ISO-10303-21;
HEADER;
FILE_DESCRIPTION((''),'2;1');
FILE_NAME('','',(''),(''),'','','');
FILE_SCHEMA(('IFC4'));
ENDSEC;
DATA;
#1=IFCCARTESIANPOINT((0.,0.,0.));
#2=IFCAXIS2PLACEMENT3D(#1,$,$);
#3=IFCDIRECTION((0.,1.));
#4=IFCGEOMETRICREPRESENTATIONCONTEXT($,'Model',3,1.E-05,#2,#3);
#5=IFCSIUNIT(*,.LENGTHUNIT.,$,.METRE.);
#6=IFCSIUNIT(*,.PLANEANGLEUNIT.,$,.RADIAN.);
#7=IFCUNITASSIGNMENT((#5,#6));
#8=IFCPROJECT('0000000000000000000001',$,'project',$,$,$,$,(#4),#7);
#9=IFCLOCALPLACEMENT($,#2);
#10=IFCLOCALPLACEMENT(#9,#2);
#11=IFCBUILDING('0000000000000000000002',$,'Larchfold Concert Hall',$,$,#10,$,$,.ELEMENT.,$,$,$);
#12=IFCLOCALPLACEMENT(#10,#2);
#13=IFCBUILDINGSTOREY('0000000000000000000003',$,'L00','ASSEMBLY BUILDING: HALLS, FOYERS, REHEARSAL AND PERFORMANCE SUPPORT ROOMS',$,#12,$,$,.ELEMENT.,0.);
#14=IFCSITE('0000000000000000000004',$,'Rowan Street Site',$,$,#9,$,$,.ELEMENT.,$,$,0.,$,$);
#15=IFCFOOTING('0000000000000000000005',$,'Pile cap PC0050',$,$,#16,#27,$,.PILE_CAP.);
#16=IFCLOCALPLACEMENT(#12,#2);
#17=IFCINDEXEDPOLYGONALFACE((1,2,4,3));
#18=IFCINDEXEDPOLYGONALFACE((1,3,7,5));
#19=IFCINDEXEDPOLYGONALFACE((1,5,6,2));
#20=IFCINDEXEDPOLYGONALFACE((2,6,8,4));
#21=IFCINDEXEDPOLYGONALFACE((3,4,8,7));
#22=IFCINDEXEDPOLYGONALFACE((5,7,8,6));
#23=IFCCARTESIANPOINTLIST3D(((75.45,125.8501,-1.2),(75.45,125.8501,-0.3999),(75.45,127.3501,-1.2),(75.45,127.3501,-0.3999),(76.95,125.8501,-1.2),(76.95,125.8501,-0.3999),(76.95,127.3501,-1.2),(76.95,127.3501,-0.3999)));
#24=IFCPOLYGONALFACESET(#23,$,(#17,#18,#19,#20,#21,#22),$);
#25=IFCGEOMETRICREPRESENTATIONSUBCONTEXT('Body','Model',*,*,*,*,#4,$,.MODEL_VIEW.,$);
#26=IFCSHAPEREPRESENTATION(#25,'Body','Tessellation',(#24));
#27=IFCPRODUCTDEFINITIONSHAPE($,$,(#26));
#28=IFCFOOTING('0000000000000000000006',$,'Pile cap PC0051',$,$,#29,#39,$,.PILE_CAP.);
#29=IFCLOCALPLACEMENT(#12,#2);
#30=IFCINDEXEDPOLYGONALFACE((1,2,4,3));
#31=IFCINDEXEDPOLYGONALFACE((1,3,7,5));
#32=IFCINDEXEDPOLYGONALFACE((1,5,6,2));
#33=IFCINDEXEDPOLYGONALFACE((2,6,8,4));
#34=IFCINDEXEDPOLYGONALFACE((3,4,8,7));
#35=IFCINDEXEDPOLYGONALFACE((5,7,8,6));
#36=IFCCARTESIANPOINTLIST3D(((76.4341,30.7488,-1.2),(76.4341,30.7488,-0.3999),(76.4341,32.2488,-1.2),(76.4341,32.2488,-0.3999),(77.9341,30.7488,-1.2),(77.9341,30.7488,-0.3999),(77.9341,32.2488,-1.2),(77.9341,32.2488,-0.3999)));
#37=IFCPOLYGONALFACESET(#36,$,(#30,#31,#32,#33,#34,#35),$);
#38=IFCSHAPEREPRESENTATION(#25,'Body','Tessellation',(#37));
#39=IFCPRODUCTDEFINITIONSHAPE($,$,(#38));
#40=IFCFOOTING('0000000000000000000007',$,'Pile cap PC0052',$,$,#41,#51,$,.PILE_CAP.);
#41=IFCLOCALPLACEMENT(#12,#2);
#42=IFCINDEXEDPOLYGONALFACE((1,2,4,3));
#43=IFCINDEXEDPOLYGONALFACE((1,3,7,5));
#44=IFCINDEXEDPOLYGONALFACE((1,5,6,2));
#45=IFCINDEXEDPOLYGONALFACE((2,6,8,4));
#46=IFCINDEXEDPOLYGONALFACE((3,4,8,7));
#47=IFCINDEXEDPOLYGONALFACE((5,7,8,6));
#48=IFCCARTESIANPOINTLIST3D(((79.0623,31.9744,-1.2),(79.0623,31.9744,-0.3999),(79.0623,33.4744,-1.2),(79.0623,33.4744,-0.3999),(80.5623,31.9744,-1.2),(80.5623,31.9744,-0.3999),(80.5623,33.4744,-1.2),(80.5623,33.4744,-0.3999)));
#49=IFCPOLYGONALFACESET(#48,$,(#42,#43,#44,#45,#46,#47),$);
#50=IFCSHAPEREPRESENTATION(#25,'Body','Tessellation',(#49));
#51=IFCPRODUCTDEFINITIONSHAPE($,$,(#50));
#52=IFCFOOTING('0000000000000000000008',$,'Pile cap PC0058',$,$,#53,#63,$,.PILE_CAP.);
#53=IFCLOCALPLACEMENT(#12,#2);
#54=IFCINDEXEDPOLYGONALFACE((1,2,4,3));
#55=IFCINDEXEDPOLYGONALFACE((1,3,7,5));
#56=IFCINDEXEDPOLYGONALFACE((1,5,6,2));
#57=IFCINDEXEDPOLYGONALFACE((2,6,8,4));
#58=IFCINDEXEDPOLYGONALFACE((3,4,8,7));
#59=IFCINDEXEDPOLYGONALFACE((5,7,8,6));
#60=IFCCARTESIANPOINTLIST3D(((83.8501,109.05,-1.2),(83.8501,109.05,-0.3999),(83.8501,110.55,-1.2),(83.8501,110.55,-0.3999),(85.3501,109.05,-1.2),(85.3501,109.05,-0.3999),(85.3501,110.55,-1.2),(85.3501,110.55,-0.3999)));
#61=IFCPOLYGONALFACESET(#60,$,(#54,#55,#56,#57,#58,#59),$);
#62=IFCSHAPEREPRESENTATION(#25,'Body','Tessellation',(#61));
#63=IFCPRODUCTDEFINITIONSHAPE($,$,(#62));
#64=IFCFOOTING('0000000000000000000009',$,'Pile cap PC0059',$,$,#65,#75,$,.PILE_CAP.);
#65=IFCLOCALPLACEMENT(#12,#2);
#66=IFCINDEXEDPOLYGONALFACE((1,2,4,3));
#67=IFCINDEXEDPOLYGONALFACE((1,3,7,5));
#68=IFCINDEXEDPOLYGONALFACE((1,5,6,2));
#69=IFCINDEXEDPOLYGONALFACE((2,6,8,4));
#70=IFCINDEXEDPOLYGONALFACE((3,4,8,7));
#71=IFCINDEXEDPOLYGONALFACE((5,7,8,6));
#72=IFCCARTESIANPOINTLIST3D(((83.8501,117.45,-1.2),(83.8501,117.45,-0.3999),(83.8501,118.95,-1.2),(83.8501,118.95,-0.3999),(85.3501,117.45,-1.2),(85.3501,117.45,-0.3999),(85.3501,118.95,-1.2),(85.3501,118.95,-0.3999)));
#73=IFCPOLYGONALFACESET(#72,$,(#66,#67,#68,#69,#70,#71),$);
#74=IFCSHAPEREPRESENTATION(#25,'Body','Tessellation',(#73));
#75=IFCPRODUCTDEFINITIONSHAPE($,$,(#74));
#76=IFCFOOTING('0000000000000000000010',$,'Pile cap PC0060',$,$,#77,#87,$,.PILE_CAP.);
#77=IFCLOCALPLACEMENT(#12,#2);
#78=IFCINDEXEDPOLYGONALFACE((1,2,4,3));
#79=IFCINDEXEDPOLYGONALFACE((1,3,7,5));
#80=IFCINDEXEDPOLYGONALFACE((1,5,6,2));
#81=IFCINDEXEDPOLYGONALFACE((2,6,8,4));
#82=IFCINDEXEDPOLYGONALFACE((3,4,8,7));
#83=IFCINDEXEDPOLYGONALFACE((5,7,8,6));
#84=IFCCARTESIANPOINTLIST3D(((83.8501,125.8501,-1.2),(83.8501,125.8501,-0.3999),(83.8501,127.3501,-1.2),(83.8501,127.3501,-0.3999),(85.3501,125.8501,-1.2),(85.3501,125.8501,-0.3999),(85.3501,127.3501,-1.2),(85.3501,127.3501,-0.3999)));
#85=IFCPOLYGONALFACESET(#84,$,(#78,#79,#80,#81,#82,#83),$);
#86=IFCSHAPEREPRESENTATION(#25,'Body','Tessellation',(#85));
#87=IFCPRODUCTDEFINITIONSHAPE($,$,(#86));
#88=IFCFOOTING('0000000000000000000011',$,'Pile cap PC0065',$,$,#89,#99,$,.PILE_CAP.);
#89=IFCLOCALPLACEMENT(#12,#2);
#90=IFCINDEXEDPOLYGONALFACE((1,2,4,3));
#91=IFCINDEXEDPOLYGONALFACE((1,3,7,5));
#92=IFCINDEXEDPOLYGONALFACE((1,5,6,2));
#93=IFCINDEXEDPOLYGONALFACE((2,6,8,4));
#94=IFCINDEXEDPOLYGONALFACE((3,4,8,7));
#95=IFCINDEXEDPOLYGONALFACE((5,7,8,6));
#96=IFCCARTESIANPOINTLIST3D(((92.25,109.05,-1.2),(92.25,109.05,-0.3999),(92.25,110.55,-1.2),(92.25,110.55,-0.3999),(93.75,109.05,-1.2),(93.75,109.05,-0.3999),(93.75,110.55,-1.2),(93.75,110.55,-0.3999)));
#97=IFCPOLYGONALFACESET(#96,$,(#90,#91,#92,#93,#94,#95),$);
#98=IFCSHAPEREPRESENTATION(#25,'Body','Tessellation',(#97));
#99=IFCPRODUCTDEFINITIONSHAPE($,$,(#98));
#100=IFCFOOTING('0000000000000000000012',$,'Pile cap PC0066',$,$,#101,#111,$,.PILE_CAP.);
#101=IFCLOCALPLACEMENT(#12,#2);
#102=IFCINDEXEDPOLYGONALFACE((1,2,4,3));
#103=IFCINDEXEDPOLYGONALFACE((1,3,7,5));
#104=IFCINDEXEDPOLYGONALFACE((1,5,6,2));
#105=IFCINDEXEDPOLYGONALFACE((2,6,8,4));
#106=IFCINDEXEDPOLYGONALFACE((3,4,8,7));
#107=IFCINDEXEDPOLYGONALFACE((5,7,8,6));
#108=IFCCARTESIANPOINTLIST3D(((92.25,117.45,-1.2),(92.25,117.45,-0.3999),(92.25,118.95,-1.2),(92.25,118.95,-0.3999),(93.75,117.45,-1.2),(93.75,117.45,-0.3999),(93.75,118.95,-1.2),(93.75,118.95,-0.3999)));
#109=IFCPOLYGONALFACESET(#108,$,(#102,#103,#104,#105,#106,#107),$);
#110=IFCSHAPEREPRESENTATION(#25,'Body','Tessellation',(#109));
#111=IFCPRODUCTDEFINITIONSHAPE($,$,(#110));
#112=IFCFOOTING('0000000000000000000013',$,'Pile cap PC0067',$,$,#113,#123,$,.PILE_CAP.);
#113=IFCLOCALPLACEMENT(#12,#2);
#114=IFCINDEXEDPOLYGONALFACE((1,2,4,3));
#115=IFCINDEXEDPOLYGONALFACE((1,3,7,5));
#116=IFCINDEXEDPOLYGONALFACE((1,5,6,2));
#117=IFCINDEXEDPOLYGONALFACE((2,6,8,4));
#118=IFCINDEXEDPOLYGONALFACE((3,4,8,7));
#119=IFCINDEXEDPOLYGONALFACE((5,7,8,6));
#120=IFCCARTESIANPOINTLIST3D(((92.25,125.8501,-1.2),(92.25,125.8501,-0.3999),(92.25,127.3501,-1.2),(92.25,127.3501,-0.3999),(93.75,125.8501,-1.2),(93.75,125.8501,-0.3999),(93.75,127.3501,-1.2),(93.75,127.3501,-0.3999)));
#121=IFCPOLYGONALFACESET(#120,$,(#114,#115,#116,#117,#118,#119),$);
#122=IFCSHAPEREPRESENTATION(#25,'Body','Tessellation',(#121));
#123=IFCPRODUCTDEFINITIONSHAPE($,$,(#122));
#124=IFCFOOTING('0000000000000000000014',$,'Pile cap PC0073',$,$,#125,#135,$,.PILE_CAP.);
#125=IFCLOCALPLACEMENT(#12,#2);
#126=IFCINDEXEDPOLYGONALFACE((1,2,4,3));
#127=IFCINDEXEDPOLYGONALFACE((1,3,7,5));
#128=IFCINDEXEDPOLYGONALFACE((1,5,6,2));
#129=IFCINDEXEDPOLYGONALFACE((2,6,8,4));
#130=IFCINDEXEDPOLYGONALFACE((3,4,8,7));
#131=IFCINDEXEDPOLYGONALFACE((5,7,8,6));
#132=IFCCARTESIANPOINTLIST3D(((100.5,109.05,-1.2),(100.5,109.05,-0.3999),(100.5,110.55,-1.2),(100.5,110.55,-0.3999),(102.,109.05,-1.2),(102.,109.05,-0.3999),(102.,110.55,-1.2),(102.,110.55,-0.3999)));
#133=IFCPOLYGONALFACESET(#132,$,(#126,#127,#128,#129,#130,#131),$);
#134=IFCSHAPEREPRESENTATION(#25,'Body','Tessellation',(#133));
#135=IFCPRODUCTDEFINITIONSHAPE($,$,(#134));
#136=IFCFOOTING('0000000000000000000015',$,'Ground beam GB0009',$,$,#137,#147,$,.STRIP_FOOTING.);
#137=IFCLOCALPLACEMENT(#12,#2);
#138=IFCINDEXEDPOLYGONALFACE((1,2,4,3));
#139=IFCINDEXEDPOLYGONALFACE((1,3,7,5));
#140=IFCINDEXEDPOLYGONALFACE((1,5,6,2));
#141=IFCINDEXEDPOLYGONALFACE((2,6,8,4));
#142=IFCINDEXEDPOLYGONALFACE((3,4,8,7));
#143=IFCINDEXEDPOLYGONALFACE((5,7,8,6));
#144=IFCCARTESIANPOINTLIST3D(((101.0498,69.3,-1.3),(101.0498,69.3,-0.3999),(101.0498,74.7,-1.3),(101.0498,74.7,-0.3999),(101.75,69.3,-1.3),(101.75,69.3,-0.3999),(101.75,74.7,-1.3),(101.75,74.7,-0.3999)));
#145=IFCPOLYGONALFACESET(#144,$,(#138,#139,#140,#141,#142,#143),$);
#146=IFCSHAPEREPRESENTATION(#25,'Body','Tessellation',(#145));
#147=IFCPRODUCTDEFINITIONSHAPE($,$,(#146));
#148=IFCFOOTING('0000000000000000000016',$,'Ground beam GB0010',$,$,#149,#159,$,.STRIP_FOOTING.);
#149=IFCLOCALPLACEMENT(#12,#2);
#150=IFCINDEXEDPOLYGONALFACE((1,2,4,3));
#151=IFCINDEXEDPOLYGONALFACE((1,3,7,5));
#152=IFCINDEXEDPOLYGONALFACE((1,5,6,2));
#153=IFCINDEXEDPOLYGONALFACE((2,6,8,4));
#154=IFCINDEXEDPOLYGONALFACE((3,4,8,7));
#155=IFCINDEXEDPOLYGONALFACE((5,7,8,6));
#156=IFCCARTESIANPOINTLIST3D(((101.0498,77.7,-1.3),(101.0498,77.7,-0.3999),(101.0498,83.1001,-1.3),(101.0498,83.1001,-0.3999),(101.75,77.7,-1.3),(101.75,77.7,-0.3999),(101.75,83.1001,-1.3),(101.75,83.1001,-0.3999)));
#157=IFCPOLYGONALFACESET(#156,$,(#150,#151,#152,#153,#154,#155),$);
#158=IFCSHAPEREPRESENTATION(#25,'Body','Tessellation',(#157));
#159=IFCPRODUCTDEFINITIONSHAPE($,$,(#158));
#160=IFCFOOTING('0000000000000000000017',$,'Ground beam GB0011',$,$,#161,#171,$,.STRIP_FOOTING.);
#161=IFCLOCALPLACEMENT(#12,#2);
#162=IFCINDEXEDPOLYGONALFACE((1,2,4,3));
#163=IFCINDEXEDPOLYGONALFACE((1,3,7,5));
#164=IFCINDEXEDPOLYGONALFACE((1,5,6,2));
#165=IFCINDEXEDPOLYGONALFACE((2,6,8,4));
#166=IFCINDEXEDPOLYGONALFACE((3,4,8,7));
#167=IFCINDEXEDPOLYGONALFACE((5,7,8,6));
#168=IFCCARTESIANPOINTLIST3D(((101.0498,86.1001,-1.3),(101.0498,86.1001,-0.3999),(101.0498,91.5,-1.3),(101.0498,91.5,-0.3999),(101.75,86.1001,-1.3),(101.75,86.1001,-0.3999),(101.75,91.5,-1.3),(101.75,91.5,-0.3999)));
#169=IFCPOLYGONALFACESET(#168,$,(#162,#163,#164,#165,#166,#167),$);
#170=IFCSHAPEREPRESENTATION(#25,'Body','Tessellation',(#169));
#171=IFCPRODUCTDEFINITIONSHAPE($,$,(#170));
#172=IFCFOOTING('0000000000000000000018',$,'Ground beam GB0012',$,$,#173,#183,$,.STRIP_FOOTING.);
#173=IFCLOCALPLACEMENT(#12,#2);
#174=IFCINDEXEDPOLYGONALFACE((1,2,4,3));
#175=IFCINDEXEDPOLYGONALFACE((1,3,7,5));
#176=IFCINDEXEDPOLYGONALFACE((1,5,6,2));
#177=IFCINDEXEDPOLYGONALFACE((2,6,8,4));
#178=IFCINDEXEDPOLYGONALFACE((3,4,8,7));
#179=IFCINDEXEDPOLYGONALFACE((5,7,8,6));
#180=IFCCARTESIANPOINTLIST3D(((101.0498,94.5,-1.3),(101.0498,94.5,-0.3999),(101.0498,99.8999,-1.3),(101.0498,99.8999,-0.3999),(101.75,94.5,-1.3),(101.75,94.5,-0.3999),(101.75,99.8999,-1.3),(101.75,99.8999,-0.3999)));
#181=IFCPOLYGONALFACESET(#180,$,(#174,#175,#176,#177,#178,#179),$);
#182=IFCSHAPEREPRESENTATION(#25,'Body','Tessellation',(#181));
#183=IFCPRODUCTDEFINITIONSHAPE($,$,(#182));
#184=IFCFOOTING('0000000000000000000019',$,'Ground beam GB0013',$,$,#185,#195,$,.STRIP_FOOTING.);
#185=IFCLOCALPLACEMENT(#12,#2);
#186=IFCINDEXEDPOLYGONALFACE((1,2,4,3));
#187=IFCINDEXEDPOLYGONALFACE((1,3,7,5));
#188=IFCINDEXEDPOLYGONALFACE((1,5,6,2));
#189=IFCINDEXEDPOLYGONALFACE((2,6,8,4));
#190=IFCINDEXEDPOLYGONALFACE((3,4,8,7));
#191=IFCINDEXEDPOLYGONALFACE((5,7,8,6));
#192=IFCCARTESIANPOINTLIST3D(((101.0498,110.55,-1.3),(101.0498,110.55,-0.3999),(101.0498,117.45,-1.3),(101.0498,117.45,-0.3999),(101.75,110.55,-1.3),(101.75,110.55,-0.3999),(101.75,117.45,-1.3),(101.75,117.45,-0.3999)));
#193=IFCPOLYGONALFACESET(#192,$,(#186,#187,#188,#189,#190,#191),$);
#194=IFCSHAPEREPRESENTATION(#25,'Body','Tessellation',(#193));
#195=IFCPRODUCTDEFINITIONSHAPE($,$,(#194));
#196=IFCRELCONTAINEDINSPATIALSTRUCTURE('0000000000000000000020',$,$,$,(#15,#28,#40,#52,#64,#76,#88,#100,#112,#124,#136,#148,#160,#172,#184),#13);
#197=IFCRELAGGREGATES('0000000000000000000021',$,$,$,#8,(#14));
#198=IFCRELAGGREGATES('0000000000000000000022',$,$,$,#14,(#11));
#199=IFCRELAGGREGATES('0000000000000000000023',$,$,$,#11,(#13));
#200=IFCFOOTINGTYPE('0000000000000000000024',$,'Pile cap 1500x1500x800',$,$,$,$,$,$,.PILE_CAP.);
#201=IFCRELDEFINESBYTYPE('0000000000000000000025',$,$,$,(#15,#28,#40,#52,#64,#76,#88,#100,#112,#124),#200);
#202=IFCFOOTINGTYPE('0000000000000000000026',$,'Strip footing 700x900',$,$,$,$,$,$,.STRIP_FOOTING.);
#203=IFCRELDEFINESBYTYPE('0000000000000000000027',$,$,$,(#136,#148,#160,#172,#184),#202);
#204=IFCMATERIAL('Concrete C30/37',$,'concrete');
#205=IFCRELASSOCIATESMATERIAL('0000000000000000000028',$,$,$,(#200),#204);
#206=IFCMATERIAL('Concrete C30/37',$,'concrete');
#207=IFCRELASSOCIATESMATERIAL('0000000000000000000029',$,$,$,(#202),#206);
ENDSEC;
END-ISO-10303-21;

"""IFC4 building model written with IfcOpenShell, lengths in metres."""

from ifc_helpers import new_model, si_unit, direction, frame, origin, place, context, subcontext, project, spatial, polyline, outline, extrude, material, type_object, element, save


model = new_model("IFC4")

# Units and contexts
model_context = context("Model", 3, precision=1e-05, world=origin(), true_north=direction((0.0, 1.0)))
body_context = subcontext(model_context, "Body", "Model", "MODEL_VIEW")
ifc_project = project(units=[si_unit("LENGTHUNIT", "METRE"), si_unit("PLANEANGLEUNIT", "RADIAN")], contexts=[model_context])

# Site, building, storey
site_placement = place(None, origin())
site = spatial("IfcSite", under=ifc_project, at=site_placement, Name="Rowan Street Site", CompositionType="ELEMENT", RefElevation=0.0)
building_placement = place(site_placement, origin())
building = spatial("IfcBuilding", under=site, at=building_placement, Name="Larchfold Concert Hall", CompositionType="ELEMENT")
storey_placement = place(building_placement, origin())
storey = spatial("IfcBuildingStorey", under=building, at=storey_placement, Name="L00", Description="ASSEMBLY BUILDING: HALLS, FOYERS, REHEARSAL AND PERFORMANCE SUPPORT ROOMS", CompositionType="ELEMENT", Elevation=0.0)

# Footings
ifc_material_1 = material(Name="Concrete C30/37", Category="concrete")
footing_type_1 = type_object("IfcFootingType", Name="Pile cap 1500x1500x800", PredefinedType="PILE_CAP", material=ifc_material_1)
footing_1_placement = place(storey_placement, frame((0.0, 0.0, -1.2)))
element("IfcFooting", 1, at=footing_1_placement, inside=storey, type_object=footing_type_1, Name="Pile cap PC0050", PredefinedType="PILE_CAP", context=body_context, shape_type="SweptSolid", body=[
    extrude(outline(polyline([(76.95, 125.8501), (76.95, 127.3501), (75.45, 127.3501), (75.45, 125.8501), (76.95, 125.8501)])), origin(), (0.0, 0.0, 1.0), 0.8),
])
footing_2_placement = place(storey_placement, frame((0.0, 0.0, -1.2)))
element("IfcFooting", 2, at=footing_2_placement, inside=storey, type_object=footing_type_1, Name="Pile cap PC0051", PredefinedType="PILE_CAP", context=body_context, shape_type="SweptSolid", body=[
    extrude(outline(polyline([(77.9341, 30.7488), (77.9341, 32.2488), (76.4341, 32.2488), (76.4341, 30.7488), (77.9341, 30.7488)])), origin(), (0.0, 0.0, 1.0), 0.8),
])
footing_3_placement = place(storey_placement, frame((0.0, 0.0, -1.2)))
element("IfcFooting", 3, at=footing_3_placement, inside=storey, type_object=footing_type_1, Name="Pile cap PC0052", PredefinedType="PILE_CAP", context=body_context, shape_type="SweptSolid", body=[
    extrude(outline(polyline([(80.5623, 31.9744), (80.5623, 33.4744), (79.0623, 33.4744), (79.0623, 31.9744), (80.5623, 31.9744)])), origin(), (0.0, 0.0, 1.0), 0.8),
])
footing_4_placement = place(storey_placement, frame((0.0, 0.0, -1.2)))
element("IfcFooting", 4, at=footing_4_placement, inside=storey, type_object=footing_type_1, Name="Pile cap PC0058", PredefinedType="PILE_CAP", context=body_context, shape_type="SweptSolid", body=[
    extrude(outline(polyline([(85.3501, 109.05), (85.3501, 110.55), (83.8501, 110.55), (83.8501, 109.05), (85.3501, 109.05)])), origin(), (0.0, 0.0, 1.0), 0.8),
])
footing_5_placement = place(storey_placement, frame((0.0, 0.0, -1.2)))
element("IfcFooting", 5, at=footing_5_placement, inside=storey, type_object=footing_type_1, Name="Pile cap PC0059", PredefinedType="PILE_CAP", context=body_context, shape_type="SweptSolid", body=[
    extrude(outline(polyline([(85.3501, 117.45), (85.3501, 118.95), (83.8501, 118.95), (83.8501, 117.45), (85.3501, 117.45)])), origin(), (0.0, 0.0, 1.0), 0.8),
])
footing_6_placement = place(storey_placement, frame((0.0, 0.0, -1.2)))
element("IfcFooting", 6, at=footing_6_placement, inside=storey, type_object=footing_type_1, Name="Pile cap PC0060", PredefinedType="PILE_CAP", context=body_context, shape_type="SweptSolid", body=[
    extrude(outline(polyline([(85.3501, 125.8501), (85.3501, 127.3501), (83.8501, 127.3501), (83.8501, 125.8501), (85.3501, 125.8501)])), origin(), (0.0, 0.0, 1.0), 0.8),
])
footing_7_placement = place(storey_placement, frame((0.0, 0.0, -1.2)))
element("IfcFooting", 7, at=footing_7_placement, inside=storey, type_object=footing_type_1, Name="Pile cap PC0065", PredefinedType="PILE_CAP", context=body_context, shape_type="SweptSolid", body=[
    extrude(outline(polyline([(93.75, 109.05), (93.75, 110.55), (92.25, 110.55), (92.25, 109.05), (93.75, 109.05)])), origin(), (0.0, 0.0, 1.0), 0.8),
])
footing_8_placement = place(storey_placement, frame((0.0, 0.0, -1.2)))
element("IfcFooting", 8, at=footing_8_placement, inside=storey, type_object=footing_type_1, Name="Pile cap PC0066", PredefinedType="PILE_CAP", context=body_context, shape_type="SweptSolid", body=[
    extrude(outline(polyline([(93.75, 117.45), (93.75, 118.95), (92.25, 118.95), (92.25, 117.45), (93.75, 117.45)])), origin(), (0.0, 0.0, 1.0), 0.8),
])
footing_9_placement = place(storey_placement, frame((0.0, 0.0, -1.2)))
element("IfcFooting", 9, at=footing_9_placement, inside=storey, type_object=footing_type_1, Name="Pile cap PC0067", PredefinedType="PILE_CAP", context=body_context, shape_type="SweptSolid", body=[
    extrude(outline(polyline([(93.75, 125.8501), (93.75, 127.3501), (92.25, 127.3501), (92.25, 125.8501), (93.75, 125.8501)])), origin(), (0.0, 0.0, 1.0), 0.8),
])
footing_10_placement = place(storey_placement, frame((0.0, 0.0, -1.2)))
element("IfcFooting", 10, at=footing_10_placement, inside=storey, type_object=footing_type_1, Name="Pile cap PC0073", PredefinedType="PILE_CAP", context=body_context, shape_type="SweptSolid", body=[
    extrude(outline(polyline([(102.0, 109.05), (102.0, 110.55), (100.5, 110.55), (100.5, 109.05), (102.0, 109.05)])), origin(), (0.0, 0.0, 1.0), 0.8),
])
ifc_material_2 = material(Name="Concrete C30/37", Category="concrete")
footing_type_2 = type_object("IfcFootingType", Name="Strip footing 700x900", PredefinedType="STRIP_FOOTING", material=ifc_material_2)
footing_11_placement = place(storey_placement, frame((0.0, 0.0, -1.3)))
element("IfcFooting", 11, at=footing_11_placement, inside=storey, type_object=footing_type_2, Name="Ground beam GB0009", PredefinedType="STRIP_FOOTING", context=body_context, shape_type="SweptSolid", body=[
    extrude(outline(polyline([(101.0498, 69.3), (101.75, 69.3), (101.75, 74.7), (101.0498, 74.7), (101.0498, 69.3)])), origin(), (0.0, 0.0, 1.0), 0.9001),
])
footing_12_placement = place(storey_placement, frame((0.0, 0.0, -1.3)))
element("IfcFooting", 12, at=footing_12_placement, inside=storey, type_object=footing_type_2, Name="Ground beam GB0010", PredefinedType="STRIP_FOOTING", context=body_context, shape_type="SweptSolid", body=[
    extrude(outline(polyline([(101.0498, 77.7), (101.75, 77.7), (101.75, 83.1001), (101.0498, 83.1001), (101.0498, 77.7)])), origin(), (0.0, 0.0, 1.0), 0.9001),
])
footing_13_placement = place(storey_placement, frame((0.0, 0.0, -1.3)))
element("IfcFooting", 13, at=footing_13_placement, inside=storey, type_object=footing_type_2, Name="Ground beam GB0011", PredefinedType="STRIP_FOOTING", context=body_context, shape_type="SweptSolid", body=[
    extrude(outline(polyline([(101.0498, 86.1001), (101.75, 86.1001), (101.75, 91.5), (101.0498, 91.5), (101.0498, 86.1001)])), origin(), (0.0, 0.0, 1.0), 0.9001),
])
footing_14_placement = place(storey_placement, frame((0.0, 0.0, -1.3)))
element("IfcFooting", 14, at=footing_14_placement, inside=storey, type_object=footing_type_2, Name="Ground beam GB0012", PredefinedType="STRIP_FOOTING", context=body_context, shape_type="SweptSolid", body=[
    extrude(outline(polyline([(101.0498, 94.5), (101.75, 94.5), (101.75, 99.8999), (101.0498, 99.8999), (101.0498, 94.5)])), origin(), (0.0, 0.0, 1.0), 0.9001),
])
footing_15_placement = place(storey_placement, frame((0.0, 0.0, -1.3)))
element("IfcFooting", 15, at=footing_15_placement, inside=storey, type_object=footing_type_2, Name="Ground beam GB0013", PredefinedType="STRIP_FOOTING", context=body_context, shape_type="SweptSolid", body=[
    extrude(outline(polyline([(101.0498, 110.55), (101.75, 110.55), (101.75, 117.45), (101.0498, 117.45), (101.0498, 110.55)])), origin(), (0.0, 0.0, 1.0), 0.9001),
])

save(model, "model.ifc")
